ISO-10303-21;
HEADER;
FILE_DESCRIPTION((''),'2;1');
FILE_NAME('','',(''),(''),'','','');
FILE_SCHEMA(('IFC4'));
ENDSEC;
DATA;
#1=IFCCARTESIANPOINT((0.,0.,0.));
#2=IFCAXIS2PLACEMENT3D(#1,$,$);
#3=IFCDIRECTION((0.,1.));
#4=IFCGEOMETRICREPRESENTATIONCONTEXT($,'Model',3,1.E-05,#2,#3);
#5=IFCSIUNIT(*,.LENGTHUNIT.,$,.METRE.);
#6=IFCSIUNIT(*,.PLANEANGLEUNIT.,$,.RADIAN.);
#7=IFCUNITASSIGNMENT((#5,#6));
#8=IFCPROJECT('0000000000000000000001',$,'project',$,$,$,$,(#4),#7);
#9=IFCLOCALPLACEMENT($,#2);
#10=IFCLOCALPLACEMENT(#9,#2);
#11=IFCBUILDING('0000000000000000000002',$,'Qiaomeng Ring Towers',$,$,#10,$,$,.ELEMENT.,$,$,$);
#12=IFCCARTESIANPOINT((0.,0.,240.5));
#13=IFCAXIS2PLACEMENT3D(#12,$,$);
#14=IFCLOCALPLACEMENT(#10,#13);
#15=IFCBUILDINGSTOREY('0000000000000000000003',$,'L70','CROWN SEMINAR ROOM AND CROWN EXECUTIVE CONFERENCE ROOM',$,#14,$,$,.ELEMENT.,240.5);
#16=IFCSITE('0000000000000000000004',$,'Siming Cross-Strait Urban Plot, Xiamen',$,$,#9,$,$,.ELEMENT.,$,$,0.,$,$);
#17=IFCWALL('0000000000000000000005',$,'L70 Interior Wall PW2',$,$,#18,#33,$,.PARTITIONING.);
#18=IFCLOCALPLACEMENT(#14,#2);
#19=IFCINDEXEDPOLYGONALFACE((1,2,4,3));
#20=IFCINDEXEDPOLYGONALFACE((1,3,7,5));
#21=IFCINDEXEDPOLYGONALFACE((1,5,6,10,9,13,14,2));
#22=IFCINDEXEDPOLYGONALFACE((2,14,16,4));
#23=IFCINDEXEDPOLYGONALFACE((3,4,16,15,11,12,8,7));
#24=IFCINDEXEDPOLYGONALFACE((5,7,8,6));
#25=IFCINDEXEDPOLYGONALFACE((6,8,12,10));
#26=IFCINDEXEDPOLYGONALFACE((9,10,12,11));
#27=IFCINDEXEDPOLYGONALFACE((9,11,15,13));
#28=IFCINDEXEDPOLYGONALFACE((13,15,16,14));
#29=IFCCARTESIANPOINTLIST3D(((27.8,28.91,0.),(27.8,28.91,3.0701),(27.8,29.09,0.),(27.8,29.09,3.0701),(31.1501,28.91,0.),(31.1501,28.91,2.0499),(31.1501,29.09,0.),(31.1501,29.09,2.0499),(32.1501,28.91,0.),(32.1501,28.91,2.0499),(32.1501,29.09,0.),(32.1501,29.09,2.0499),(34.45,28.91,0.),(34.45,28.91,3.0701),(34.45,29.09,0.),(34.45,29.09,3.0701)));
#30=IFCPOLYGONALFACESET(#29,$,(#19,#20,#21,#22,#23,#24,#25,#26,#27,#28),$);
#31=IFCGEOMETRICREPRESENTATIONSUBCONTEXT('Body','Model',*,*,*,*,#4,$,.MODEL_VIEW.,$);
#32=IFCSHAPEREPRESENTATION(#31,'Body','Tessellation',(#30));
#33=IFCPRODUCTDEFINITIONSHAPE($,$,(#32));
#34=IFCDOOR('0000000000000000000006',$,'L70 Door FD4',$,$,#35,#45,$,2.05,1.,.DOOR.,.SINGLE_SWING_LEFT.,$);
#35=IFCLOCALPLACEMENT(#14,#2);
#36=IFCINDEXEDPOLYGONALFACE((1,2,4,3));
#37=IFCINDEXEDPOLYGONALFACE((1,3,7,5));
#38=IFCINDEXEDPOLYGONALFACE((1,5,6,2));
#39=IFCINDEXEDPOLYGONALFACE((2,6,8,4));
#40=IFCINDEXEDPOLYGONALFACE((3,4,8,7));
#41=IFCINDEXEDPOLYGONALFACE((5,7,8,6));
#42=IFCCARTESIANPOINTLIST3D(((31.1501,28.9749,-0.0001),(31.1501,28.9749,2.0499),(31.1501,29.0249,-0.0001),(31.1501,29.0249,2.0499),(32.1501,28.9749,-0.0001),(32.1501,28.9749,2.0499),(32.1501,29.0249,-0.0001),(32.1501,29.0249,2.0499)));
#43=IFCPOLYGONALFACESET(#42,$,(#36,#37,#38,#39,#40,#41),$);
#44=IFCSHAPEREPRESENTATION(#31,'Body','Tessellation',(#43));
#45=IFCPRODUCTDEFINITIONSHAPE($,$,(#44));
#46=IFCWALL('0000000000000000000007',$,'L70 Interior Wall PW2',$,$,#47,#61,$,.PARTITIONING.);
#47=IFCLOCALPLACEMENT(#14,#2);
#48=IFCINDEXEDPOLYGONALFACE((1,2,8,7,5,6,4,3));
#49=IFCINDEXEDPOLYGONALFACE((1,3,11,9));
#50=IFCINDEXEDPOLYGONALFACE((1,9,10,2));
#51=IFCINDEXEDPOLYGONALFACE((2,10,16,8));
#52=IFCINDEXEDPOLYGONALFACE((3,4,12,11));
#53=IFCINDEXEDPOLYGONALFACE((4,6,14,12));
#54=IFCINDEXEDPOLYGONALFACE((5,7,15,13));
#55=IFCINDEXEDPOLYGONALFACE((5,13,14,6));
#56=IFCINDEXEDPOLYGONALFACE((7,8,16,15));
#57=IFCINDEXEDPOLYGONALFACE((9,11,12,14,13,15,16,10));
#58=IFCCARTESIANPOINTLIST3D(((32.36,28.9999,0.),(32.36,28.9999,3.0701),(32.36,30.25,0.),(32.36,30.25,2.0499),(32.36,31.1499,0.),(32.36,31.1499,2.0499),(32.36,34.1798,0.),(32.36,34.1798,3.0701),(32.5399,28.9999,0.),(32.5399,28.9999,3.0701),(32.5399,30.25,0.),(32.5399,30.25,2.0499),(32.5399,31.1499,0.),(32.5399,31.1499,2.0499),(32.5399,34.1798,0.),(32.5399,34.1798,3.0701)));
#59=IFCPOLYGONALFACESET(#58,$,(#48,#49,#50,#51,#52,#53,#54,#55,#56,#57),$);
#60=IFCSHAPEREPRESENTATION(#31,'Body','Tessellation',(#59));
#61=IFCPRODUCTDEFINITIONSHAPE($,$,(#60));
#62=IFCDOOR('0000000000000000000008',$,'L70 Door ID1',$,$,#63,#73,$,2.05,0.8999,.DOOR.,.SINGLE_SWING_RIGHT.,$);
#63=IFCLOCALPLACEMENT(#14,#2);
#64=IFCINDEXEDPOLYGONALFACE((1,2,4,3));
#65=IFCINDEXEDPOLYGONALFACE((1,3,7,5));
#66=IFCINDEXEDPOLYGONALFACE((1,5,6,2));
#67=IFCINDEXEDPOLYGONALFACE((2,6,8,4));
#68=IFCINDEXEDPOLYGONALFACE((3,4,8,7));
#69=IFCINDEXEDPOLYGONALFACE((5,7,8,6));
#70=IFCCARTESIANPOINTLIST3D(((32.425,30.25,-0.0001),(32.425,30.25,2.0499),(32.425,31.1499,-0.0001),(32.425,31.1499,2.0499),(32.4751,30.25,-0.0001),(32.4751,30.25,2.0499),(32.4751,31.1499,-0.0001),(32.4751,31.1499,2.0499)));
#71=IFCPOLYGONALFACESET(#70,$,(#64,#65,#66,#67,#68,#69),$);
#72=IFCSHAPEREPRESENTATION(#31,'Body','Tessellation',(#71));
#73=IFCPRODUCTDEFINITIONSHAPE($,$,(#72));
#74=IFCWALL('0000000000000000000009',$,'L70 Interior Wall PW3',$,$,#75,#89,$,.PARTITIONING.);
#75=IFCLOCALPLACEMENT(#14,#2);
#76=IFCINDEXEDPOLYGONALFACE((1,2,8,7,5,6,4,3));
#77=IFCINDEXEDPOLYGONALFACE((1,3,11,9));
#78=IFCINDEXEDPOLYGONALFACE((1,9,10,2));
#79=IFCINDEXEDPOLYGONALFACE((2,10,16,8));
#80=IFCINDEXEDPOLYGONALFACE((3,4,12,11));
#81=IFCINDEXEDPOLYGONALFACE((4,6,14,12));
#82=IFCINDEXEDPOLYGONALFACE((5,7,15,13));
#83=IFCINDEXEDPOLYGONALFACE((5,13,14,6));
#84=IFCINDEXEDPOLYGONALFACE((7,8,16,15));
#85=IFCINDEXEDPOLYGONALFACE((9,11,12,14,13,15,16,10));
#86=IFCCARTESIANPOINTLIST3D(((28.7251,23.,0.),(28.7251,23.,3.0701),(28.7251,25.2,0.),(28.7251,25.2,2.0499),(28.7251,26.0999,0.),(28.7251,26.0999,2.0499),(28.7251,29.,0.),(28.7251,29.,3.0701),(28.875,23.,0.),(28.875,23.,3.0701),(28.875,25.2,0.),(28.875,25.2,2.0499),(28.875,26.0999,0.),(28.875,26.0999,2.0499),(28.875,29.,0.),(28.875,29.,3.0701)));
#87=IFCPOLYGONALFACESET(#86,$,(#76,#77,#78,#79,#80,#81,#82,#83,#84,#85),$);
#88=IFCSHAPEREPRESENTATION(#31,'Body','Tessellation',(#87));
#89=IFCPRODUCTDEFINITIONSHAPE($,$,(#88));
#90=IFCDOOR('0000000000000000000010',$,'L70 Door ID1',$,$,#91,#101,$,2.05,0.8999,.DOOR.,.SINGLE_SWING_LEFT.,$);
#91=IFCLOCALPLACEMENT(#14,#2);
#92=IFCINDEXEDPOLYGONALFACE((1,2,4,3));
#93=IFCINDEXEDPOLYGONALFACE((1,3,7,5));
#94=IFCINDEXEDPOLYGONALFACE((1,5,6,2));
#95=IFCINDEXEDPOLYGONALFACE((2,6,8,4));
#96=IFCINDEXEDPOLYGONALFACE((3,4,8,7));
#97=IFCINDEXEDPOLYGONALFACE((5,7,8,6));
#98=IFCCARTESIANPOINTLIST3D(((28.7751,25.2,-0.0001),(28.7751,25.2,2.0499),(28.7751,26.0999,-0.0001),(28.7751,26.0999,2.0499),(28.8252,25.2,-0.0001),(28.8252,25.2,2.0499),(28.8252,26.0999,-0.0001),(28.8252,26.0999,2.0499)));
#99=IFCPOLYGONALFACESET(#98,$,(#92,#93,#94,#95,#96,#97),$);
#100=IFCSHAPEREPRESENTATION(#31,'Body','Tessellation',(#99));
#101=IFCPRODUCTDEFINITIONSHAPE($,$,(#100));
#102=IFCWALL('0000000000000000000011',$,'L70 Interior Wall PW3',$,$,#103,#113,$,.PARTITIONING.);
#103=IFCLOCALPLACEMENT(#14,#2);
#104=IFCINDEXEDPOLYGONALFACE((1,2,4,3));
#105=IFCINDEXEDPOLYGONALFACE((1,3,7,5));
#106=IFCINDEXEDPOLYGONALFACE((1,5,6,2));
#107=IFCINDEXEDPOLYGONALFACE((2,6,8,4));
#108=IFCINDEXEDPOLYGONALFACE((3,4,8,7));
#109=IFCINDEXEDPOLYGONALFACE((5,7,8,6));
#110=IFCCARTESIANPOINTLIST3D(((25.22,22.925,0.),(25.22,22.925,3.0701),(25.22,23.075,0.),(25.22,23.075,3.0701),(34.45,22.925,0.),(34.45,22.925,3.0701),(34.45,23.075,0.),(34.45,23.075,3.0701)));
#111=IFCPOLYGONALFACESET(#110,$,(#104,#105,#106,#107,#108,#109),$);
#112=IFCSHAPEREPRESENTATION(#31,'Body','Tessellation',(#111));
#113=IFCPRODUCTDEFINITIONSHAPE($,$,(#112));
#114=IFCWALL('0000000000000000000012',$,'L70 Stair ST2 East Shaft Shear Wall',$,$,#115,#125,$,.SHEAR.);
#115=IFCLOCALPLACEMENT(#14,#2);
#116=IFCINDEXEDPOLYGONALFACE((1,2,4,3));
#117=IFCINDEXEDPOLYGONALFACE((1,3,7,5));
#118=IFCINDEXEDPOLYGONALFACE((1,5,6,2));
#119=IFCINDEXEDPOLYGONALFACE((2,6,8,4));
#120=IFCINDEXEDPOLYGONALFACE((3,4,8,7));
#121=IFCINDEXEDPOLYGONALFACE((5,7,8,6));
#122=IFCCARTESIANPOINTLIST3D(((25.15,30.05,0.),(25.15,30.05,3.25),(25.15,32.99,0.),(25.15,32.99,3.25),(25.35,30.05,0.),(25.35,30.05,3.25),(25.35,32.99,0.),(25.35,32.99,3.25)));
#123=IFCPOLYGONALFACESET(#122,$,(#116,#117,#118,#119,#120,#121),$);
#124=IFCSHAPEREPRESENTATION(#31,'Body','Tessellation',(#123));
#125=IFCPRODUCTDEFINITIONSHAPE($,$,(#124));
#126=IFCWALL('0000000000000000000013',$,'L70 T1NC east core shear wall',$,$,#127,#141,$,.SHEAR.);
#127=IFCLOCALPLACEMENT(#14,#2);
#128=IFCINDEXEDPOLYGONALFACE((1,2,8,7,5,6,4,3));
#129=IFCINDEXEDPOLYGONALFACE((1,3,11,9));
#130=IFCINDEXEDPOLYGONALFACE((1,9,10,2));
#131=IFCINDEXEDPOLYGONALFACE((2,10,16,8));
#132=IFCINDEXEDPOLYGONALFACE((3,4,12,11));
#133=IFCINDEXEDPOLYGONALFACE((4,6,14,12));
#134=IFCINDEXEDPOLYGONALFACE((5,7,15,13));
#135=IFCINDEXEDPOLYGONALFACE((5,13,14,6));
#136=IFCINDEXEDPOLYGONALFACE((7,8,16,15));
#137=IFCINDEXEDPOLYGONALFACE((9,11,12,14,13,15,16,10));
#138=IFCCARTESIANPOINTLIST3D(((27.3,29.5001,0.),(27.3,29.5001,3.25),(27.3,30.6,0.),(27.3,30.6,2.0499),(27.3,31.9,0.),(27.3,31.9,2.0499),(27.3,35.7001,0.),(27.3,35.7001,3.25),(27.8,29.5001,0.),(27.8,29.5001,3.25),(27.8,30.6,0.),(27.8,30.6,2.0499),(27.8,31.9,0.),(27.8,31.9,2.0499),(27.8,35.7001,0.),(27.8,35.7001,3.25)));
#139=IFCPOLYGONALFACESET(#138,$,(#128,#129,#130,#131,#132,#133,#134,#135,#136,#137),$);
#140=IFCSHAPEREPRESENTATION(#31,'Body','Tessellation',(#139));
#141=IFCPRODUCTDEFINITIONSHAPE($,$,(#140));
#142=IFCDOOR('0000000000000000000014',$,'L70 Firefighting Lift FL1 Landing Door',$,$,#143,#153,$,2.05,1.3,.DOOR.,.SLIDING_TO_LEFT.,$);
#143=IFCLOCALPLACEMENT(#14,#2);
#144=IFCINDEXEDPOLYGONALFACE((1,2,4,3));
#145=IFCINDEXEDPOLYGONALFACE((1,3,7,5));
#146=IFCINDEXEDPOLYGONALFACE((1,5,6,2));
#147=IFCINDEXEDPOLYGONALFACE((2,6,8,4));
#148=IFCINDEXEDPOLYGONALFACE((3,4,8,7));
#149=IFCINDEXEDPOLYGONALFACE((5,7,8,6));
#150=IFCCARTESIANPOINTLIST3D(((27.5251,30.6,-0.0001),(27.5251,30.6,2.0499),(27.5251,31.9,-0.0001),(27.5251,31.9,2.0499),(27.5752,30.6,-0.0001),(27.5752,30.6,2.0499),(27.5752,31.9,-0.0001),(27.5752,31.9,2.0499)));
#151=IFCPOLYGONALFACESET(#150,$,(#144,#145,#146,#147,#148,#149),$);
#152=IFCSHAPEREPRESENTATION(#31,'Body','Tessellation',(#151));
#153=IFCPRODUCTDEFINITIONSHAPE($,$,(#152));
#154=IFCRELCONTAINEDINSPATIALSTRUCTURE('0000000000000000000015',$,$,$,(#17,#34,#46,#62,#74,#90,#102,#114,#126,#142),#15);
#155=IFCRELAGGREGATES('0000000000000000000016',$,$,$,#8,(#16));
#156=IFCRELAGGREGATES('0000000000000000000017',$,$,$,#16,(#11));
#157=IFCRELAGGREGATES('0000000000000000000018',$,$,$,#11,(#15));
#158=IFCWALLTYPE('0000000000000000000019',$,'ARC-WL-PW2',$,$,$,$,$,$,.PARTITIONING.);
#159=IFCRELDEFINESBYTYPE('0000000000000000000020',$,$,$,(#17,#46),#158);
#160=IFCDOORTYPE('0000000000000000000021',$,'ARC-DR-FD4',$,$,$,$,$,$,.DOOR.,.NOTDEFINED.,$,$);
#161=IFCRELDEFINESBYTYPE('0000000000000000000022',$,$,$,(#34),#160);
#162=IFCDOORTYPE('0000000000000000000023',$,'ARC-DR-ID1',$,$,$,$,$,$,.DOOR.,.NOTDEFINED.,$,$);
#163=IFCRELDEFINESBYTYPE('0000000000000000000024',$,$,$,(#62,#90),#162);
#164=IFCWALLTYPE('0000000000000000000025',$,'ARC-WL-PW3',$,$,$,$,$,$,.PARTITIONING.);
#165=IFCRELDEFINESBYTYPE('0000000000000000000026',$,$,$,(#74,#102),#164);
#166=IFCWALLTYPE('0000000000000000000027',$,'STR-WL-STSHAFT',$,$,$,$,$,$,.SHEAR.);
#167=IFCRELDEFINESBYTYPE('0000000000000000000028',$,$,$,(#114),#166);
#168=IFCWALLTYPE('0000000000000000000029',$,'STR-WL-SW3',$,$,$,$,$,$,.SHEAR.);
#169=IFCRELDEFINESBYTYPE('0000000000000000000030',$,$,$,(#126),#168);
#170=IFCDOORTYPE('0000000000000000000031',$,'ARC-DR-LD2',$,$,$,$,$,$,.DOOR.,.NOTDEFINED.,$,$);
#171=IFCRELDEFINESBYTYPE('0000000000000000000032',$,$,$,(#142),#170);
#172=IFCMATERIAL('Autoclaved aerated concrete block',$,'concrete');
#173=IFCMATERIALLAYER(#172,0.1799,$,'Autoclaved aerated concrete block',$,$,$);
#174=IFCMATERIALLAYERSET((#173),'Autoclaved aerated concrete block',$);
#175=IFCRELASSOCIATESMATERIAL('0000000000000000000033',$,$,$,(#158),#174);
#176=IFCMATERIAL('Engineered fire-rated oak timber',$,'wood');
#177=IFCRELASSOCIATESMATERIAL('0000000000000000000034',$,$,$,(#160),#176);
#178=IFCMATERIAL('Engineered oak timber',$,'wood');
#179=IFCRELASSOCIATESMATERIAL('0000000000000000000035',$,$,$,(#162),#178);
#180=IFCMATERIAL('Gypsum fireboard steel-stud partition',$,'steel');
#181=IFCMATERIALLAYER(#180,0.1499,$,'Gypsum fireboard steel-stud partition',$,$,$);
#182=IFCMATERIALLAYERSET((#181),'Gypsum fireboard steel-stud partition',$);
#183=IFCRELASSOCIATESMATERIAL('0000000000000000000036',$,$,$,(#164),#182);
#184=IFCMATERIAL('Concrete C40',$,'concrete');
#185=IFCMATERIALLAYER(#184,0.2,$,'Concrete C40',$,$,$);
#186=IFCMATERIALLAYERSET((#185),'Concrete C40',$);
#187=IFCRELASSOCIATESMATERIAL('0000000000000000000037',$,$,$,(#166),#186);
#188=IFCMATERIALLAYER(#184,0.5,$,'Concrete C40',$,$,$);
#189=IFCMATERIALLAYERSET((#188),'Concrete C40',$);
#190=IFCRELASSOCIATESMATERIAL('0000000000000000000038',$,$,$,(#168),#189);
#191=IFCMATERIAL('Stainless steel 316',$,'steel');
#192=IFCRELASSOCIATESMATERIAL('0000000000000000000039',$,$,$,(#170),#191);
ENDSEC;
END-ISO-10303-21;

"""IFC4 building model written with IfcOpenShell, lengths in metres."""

from ifc_helpers import new_model, si_unit, direction, frame, frame_2d, origin, place, context, subcontext, project, spatial, rectangle, extrude, source, transform, mapped, material, layer, layer_set, type_object, element, fill, save


model = new_model("IFC4")

# Units and contexts
model_context = context("Model", 3, precision=1e-05, world=origin(), true_north=direction((0.0, 1.0)))
body_context = subcontext(model_context, "Body", "Model", "MODEL_VIEW")
ifc_project = project(units=[si_unit("LENGTHUNIT", "METRE"), si_unit("PLANEANGLEUNIT", "RADIAN")], contexts=[model_context])

# Site, building, storey
site_placement = place(None, origin())
site = spatial("IfcSite", under=ifc_project, at=site_placement, Name="Siming Cross-Strait Urban Plot, Xiamen", CompositionType="ELEMENT", RefElevation=0.0)
building_placement = place(site_placement, origin())
building = spatial("IfcBuilding", under=site, at=building_placement, Name="Qiaomeng Ring Towers", CompositionType="ELEMENT")
storey_placement = place(building_placement, frame((0.0, 0.0, 240.5)))
storey = spatial("IfcBuildingStorey", under=building, at=storey_placement, Name="L70", Description="CROWN SEMINAR ROOM AND CROWN EXECUTIVE CONFERENCE ROOM", CompositionType="ELEMENT", Elevation=240.5)

# Shared definitions
ifc_material_1 = material(Name="Concrete C40", Category="concrete")

# Shared definitions
ifc_material_2 = material(Name="Autoclaved aerated concrete block", Category="concrete")

# Walls, openings, doors
ifc_layer_1 = layer(ifc_material_2, 0.1799, Name="Autoclaved aerated concrete block")
ifc_layer_set_1 = layer_set([ifc_layer_1], Name="Autoclaved aerated concrete block")
wall_type_1 = type_object("IfcWallType", Name="ARC-WL-PW2", PredefinedType="PARTITIONING", material=ifc_layer_set_1)
wall_1_placement = place(storey_placement, frame((27.8, 29.0, 0.0), z_axis=(0.0, 0.0, 1.0), x_axis=(1.0, 0.0, 0.0)))
wall_1 = element("IfcWall", 1, at=wall_1_placement, inside=storey, type_object=wall_type_1, Name="L70 Interior Wall PW2", PredefinedType="PARTITIONING", context=body_context, shape_type="SweptSolid", body=[
    extrude(rectangle(XDim=6.6499, YDim=0.1799, at=frame_2d((3.325, 0.0))), origin(), (0.0, 0.0, 1.0), 3.0701),
])
opening_1_placement = place(wall_1_placement, frame((3.3501, 0.0, 0.0)))
opening_1 = element("IfcOpeningElement", 2, at=opening_1_placement, cuts=wall_1, PredefinedType="OPENING", context=body_context, shape_type="SweptSolid", body=[
    extrude(rectangle(XDim=1.0, YDim=2.05, at=frame_2d((0.5, 1.0249))), frame((0.0, 0.0999, 0.0), z_axis=(0.0, -1.0, 0.0), x_axis=(1.0, 0.0, 0.0)), (0.0, 0.0, 1.0), 0.2),
])
ifc_material_3 = material(Name="Engineered fire-rated oak timber", Category="wood")
door_type_1 = type_object("IfcDoorType", Name="ARC-DR-FD4", OperationType="NOTDEFINED", PredefinedType="DOOR", material=ifc_material_3)
shared_shape_1 = source(origin(), body_context, "Body", "SweptSolid", [
    extrude(rectangle(XDim=1.0, YDim=2.05, at=frame_2d((0.5, 1.0249))), frame((0.0, 0.0249, 0.0), z_axis=(0.0, -1.0, 0.0), x_axis=(1.0, 0.0, 0.0)), (0.0, 0.0, 1.0), 0.05),
])
door_1_placement = place(opening_1_placement, origin())
door_1 = element("IfcDoor", 3, at=door_1_placement, inside=storey, type_object=door_type_1, Name="L70 Door FD4", OperationType="SINGLE_SWING_LEFT", OverallHeight=2.05, OverallWidth=1.0, PredefinedType="DOOR", context=body_context, shape_type="MappedRepresentation", body=[
    mapped(shared_shape_1, transform((0.0, 0.0, 0.0), x_axis=(1.0, 0.0, 0.0), y_axis=(0.0, 1.0, 0.0), z_axis=(0.0, 0.0, 1.0), scale=1.0)),
])
fill(opening_1, door_1)
wall_2_placement = place(storey_placement, frame((32.45, 29.0, 0.0), z_axis=(0.0, 0.0, 1.0), x_axis=(0.0, 1.0, 0.0)))
wall_2 = element("IfcWall", 4, at=wall_2_placement, inside=storey, type_object=wall_type_1, Name="L70 Interior Wall PW2", PredefinedType="PARTITIONING", context=body_context, shape_type="SweptSolid", body=[
    extrude(rectangle(XDim=5.1799, YDim=0.1799, at=frame_2d((2.5898, 0.0))), origin(), (0.0, 0.0, 1.0), 3.0701),
])
opening_2_placement = place(wall_2_placement, frame((1.25, 0.0, 0.0)))
opening_2 = element("IfcOpeningElement", 5, at=opening_2_placement, cuts=wall_2, PredefinedType="OPENING", context=body_context, shape_type="SweptSolid", body=[
    extrude(rectangle(XDim=0.8999, YDim=2.05, at=frame_2d((0.45, 1.0249))), frame((0.0, 0.0999, 0.0), z_axis=(0.0, -1.0, 0.0), x_axis=(1.0, 0.0, 0.0)), (0.0, 0.0, 1.0), 0.2),
])
ifc_material_4 = material(Name="Engineered oak timber", Category="wood")
door_type_2 = type_object("IfcDoorType", Name="ARC-DR-ID1", OperationType="NOTDEFINED", PredefinedType="DOOR", material=ifc_material_4)
shared_shape_2 = source(origin(), body_context, "Body", "SweptSolid", [
    extrude(rectangle(XDim=0.8999, YDim=2.05, at=frame_2d((0.45, 1.0249))), frame((0.0, 0.0249, 0.0), z_axis=(0.0, -1.0, 0.0), x_axis=(1.0, 0.0, 0.0)), (0.0, 0.0, 1.0), 0.05),
])
door_2_placement = place(opening_2_placement, origin())
door_2 = element("IfcDoor", 6, at=door_2_placement, inside=storey, type_object=door_type_2, Name="L70 Door ID1", OperationType="SINGLE_SWING_RIGHT", OverallHeight=2.05, OverallWidth=0.8999, PredefinedType="DOOR", context=body_context, shape_type="MappedRepresentation", body=[
    mapped(shared_shape_2, transform((0.0, 0.0, 0.0), x_axis=(1.0, 0.0, 0.0), y_axis=(0.0, 1.0, 0.0), z_axis=(0.0, 0.0, 1.0), scale=1.0)),
])
fill(opening_2, door_2)
ifc_material_5 = material(Name="Gypsum fireboard steel-stud partition", Category="steel")
ifc_layer_2 = layer(ifc_material_5, 0.1499, Name="Gypsum fireboard steel-stud partition")
ifc_layer_set_2 = layer_set([ifc_layer_2], Name="Gypsum fireboard steel-stud partition")
wall_type_2 = type_object("IfcWallType", Name="ARC-WL-PW3", PredefinedType="PARTITIONING", material=ifc_layer_set_2)
wall_3_placement = place(storey_placement, frame((28.8, 23.0, 0.0), z_axis=(0.0, 0.0, 1.0), x_axis=(0.0, 1.0, 0.0)))
wall_3 = element("IfcWall", 7, at=wall_3_placement, inside=storey, type_object=wall_type_2, Name="L70 Interior Wall PW3", PredefinedType="PARTITIONING", context=body_context, shape_type="SweptSolid", body=[
    extrude(rectangle(XDim=6.0, YDim=0.1499, at=frame_2d((3.0, 0.0))), origin(), (0.0, 0.0, 1.0), 3.0701),
])
opening_3_placement = place(wall_3_placement, frame((2.2, 0.0, 0.0)))
opening_3 = element("IfcOpeningElement", 8, at=opening_3_placement, cuts=wall_3, PredefinedType="OPENING", context=body_context, shape_type="SweptSolid", body=[
    extrude(rectangle(XDim=0.8999, YDim=2.05, at=frame_2d((0.45, 1.0249))), frame((0.0, 0.085, 0.0), z_axis=(0.0, -1.0, 0.0), x_axis=(1.0, 0.0, 0.0)), (0.0, 0.0, 1.0), 0.1699),
])
door_3_placement = place(opening_3_placement, origin())
door_3 = element("IfcDoor", 9, at=door_3_placement, inside=storey, type_object=door_type_2, Name="L70 Door ID1", OperationType="SINGLE_SWING_LEFT", OverallHeight=2.05, OverallWidth=0.8999, PredefinedType="DOOR", context=body_context, shape_type="MappedRepresentation", body=[
    mapped(shared_shape_2, transform((0.0, 0.0, 0.0), x_axis=(1.0, 0.0, 0.0), y_axis=(0.0, 1.0, 0.0), z_axis=(0.0, 0.0, 1.0), scale=1.0)),
])
fill(opening_3, door_3)

# Walls
wall_4_placement = place(storey_placement, frame((25.22, 23.0, 0.0), z_axis=(0.0, 0.0, 1.0), x_axis=(1.0, 0.0, 0.0)))
element("IfcWall", 10, at=wall_4_placement, inside=storey, type_object=wall_type_2, Name="L70 Interior Wall PW3", PredefinedType="PARTITIONING", context=body_context, shape_type="SweptSolid", body=[
    extrude(rectangle(XDim=9.23, YDim=0.1499, at=frame_2d((4.615, 0.0))), origin(), (0.0, 0.0, 1.0), 3.0701),
])
ifc_layer_3 = layer(ifc_material_1, 0.2, Name="Concrete C40")
ifc_layer_set_3 = layer_set([ifc_layer_3], Name="Concrete C40")
wall_type_3 = type_object("IfcWallType", Name="STR-WL-STSHAFT", PredefinedType="SHEAR", material=ifc_layer_set_3)
wall_5_placement = place(storey_placement, frame((25.25, 30.05, 0.0), z_axis=(0.0, 0.0, 1.0), x_axis=(0.0, 1.0, 0.0)))
element("IfcWall", 11, at=wall_5_placement, inside=storey, type_object=wall_type_3, Name="L70 Stair ST2 East Shaft Shear Wall", PredefinedType="SHEAR", context=body_context, shape_type="SweptSolid", body=[
    extrude(rectangle(XDim=2.9399, YDim=0.2, at=frame_2d((1.47, 0.0))), origin(), (0.0, 0.0, 1.0), 3.25),
])

# Wall, opening, door
ifc_layer_4 = layer(ifc_material_1, 0.5, Name="Concrete C40")
ifc_layer_set_4 = layer_set([ifc_layer_4], Name="Concrete C40")
wall_type_4 = type_object("IfcWallType", Name="STR-WL-SW3", PredefinedType="SHEAR", material=ifc_layer_set_4)
wall_6_placement = place(storey_placement, frame((27.55, 29.5, 0.0), z_axis=(0.0, 0.0, 1.0), x_axis=(0.0, 1.0, 0.0)))
wall_6 = element("IfcWall", 12, at=wall_6_placement, inside=storey, type_object=wall_type_4, Name="L70 T1NC east core shear wall", PredefinedType="SHEAR", context=body_context, shape_type="SweptSolid", body=[
    extrude(rectangle(XDim=6.2, YDim=0.5, at=frame_2d((3.1001, 0.0))), origin(), (0.0, 0.0, 1.0), 3.25),
])
opening_4_placement = place(wall_6_placement, frame((1.1001, 0.0, 0.0)))
opening_4 = element("IfcOpeningElement", 13, at=opening_4_placement, cuts=wall_6, PredefinedType="OPENING", context=body_context, shape_type="SweptSolid", body=[
    extrude(rectangle(XDim=1.3, YDim=2.05, at=frame_2d((0.6499, 1.0249))), frame((0.0, 0.26, 0.0), z_axis=(0.0, -1.0, 0.0), x_axis=(1.0, 0.0, 0.0)), (0.0, 0.0, 1.0), 0.52),
])
ifc_material_6 = material(Name="Stainless steel 316", Category="steel")
door_type_3 = type_object("IfcDoorType", Name="ARC-DR-LD2", OperationType="NOTDEFINED", PredefinedType="DOOR", material=ifc_material_6)
shared_shape_3 = source(origin(), body_context, "Body", "SweptSolid", [
    extrude(rectangle(XDim=1.3, YDim=2.05, at=frame_2d((0.6499, 1.0249))), frame((0.0, 0.0249, 0.0), z_axis=(0.0, -1.0, 0.0), x_axis=(1.0, 0.0, 0.0)), (0.0, 0.0, 1.0), 0.05),
])
door_4_placement = place(opening_4_placement, origin())
door_4 = element("IfcDoor", 14, at=door_4_placement, inside=storey, type_object=door_type_3, Name="L70 Firefighting Lift FL1 Landing Door", OperationType="SLIDING_TO_LEFT", OverallHeight=2.05, OverallWidth=1.3, PredefinedType="DOOR", context=body_context, shape_type="MappedRepresentation", body=[
    mapped(shared_shape_3, transform((0.0, 0.0, 0.0), x_axis=(1.0, 0.0, 0.0), y_axis=(0.0, 1.0, 0.0), z_axis=(0.0, 0.0, 1.0), scale=1.0)),
])
fill(opening_4, door_4)

save(model, "model.ifc")
